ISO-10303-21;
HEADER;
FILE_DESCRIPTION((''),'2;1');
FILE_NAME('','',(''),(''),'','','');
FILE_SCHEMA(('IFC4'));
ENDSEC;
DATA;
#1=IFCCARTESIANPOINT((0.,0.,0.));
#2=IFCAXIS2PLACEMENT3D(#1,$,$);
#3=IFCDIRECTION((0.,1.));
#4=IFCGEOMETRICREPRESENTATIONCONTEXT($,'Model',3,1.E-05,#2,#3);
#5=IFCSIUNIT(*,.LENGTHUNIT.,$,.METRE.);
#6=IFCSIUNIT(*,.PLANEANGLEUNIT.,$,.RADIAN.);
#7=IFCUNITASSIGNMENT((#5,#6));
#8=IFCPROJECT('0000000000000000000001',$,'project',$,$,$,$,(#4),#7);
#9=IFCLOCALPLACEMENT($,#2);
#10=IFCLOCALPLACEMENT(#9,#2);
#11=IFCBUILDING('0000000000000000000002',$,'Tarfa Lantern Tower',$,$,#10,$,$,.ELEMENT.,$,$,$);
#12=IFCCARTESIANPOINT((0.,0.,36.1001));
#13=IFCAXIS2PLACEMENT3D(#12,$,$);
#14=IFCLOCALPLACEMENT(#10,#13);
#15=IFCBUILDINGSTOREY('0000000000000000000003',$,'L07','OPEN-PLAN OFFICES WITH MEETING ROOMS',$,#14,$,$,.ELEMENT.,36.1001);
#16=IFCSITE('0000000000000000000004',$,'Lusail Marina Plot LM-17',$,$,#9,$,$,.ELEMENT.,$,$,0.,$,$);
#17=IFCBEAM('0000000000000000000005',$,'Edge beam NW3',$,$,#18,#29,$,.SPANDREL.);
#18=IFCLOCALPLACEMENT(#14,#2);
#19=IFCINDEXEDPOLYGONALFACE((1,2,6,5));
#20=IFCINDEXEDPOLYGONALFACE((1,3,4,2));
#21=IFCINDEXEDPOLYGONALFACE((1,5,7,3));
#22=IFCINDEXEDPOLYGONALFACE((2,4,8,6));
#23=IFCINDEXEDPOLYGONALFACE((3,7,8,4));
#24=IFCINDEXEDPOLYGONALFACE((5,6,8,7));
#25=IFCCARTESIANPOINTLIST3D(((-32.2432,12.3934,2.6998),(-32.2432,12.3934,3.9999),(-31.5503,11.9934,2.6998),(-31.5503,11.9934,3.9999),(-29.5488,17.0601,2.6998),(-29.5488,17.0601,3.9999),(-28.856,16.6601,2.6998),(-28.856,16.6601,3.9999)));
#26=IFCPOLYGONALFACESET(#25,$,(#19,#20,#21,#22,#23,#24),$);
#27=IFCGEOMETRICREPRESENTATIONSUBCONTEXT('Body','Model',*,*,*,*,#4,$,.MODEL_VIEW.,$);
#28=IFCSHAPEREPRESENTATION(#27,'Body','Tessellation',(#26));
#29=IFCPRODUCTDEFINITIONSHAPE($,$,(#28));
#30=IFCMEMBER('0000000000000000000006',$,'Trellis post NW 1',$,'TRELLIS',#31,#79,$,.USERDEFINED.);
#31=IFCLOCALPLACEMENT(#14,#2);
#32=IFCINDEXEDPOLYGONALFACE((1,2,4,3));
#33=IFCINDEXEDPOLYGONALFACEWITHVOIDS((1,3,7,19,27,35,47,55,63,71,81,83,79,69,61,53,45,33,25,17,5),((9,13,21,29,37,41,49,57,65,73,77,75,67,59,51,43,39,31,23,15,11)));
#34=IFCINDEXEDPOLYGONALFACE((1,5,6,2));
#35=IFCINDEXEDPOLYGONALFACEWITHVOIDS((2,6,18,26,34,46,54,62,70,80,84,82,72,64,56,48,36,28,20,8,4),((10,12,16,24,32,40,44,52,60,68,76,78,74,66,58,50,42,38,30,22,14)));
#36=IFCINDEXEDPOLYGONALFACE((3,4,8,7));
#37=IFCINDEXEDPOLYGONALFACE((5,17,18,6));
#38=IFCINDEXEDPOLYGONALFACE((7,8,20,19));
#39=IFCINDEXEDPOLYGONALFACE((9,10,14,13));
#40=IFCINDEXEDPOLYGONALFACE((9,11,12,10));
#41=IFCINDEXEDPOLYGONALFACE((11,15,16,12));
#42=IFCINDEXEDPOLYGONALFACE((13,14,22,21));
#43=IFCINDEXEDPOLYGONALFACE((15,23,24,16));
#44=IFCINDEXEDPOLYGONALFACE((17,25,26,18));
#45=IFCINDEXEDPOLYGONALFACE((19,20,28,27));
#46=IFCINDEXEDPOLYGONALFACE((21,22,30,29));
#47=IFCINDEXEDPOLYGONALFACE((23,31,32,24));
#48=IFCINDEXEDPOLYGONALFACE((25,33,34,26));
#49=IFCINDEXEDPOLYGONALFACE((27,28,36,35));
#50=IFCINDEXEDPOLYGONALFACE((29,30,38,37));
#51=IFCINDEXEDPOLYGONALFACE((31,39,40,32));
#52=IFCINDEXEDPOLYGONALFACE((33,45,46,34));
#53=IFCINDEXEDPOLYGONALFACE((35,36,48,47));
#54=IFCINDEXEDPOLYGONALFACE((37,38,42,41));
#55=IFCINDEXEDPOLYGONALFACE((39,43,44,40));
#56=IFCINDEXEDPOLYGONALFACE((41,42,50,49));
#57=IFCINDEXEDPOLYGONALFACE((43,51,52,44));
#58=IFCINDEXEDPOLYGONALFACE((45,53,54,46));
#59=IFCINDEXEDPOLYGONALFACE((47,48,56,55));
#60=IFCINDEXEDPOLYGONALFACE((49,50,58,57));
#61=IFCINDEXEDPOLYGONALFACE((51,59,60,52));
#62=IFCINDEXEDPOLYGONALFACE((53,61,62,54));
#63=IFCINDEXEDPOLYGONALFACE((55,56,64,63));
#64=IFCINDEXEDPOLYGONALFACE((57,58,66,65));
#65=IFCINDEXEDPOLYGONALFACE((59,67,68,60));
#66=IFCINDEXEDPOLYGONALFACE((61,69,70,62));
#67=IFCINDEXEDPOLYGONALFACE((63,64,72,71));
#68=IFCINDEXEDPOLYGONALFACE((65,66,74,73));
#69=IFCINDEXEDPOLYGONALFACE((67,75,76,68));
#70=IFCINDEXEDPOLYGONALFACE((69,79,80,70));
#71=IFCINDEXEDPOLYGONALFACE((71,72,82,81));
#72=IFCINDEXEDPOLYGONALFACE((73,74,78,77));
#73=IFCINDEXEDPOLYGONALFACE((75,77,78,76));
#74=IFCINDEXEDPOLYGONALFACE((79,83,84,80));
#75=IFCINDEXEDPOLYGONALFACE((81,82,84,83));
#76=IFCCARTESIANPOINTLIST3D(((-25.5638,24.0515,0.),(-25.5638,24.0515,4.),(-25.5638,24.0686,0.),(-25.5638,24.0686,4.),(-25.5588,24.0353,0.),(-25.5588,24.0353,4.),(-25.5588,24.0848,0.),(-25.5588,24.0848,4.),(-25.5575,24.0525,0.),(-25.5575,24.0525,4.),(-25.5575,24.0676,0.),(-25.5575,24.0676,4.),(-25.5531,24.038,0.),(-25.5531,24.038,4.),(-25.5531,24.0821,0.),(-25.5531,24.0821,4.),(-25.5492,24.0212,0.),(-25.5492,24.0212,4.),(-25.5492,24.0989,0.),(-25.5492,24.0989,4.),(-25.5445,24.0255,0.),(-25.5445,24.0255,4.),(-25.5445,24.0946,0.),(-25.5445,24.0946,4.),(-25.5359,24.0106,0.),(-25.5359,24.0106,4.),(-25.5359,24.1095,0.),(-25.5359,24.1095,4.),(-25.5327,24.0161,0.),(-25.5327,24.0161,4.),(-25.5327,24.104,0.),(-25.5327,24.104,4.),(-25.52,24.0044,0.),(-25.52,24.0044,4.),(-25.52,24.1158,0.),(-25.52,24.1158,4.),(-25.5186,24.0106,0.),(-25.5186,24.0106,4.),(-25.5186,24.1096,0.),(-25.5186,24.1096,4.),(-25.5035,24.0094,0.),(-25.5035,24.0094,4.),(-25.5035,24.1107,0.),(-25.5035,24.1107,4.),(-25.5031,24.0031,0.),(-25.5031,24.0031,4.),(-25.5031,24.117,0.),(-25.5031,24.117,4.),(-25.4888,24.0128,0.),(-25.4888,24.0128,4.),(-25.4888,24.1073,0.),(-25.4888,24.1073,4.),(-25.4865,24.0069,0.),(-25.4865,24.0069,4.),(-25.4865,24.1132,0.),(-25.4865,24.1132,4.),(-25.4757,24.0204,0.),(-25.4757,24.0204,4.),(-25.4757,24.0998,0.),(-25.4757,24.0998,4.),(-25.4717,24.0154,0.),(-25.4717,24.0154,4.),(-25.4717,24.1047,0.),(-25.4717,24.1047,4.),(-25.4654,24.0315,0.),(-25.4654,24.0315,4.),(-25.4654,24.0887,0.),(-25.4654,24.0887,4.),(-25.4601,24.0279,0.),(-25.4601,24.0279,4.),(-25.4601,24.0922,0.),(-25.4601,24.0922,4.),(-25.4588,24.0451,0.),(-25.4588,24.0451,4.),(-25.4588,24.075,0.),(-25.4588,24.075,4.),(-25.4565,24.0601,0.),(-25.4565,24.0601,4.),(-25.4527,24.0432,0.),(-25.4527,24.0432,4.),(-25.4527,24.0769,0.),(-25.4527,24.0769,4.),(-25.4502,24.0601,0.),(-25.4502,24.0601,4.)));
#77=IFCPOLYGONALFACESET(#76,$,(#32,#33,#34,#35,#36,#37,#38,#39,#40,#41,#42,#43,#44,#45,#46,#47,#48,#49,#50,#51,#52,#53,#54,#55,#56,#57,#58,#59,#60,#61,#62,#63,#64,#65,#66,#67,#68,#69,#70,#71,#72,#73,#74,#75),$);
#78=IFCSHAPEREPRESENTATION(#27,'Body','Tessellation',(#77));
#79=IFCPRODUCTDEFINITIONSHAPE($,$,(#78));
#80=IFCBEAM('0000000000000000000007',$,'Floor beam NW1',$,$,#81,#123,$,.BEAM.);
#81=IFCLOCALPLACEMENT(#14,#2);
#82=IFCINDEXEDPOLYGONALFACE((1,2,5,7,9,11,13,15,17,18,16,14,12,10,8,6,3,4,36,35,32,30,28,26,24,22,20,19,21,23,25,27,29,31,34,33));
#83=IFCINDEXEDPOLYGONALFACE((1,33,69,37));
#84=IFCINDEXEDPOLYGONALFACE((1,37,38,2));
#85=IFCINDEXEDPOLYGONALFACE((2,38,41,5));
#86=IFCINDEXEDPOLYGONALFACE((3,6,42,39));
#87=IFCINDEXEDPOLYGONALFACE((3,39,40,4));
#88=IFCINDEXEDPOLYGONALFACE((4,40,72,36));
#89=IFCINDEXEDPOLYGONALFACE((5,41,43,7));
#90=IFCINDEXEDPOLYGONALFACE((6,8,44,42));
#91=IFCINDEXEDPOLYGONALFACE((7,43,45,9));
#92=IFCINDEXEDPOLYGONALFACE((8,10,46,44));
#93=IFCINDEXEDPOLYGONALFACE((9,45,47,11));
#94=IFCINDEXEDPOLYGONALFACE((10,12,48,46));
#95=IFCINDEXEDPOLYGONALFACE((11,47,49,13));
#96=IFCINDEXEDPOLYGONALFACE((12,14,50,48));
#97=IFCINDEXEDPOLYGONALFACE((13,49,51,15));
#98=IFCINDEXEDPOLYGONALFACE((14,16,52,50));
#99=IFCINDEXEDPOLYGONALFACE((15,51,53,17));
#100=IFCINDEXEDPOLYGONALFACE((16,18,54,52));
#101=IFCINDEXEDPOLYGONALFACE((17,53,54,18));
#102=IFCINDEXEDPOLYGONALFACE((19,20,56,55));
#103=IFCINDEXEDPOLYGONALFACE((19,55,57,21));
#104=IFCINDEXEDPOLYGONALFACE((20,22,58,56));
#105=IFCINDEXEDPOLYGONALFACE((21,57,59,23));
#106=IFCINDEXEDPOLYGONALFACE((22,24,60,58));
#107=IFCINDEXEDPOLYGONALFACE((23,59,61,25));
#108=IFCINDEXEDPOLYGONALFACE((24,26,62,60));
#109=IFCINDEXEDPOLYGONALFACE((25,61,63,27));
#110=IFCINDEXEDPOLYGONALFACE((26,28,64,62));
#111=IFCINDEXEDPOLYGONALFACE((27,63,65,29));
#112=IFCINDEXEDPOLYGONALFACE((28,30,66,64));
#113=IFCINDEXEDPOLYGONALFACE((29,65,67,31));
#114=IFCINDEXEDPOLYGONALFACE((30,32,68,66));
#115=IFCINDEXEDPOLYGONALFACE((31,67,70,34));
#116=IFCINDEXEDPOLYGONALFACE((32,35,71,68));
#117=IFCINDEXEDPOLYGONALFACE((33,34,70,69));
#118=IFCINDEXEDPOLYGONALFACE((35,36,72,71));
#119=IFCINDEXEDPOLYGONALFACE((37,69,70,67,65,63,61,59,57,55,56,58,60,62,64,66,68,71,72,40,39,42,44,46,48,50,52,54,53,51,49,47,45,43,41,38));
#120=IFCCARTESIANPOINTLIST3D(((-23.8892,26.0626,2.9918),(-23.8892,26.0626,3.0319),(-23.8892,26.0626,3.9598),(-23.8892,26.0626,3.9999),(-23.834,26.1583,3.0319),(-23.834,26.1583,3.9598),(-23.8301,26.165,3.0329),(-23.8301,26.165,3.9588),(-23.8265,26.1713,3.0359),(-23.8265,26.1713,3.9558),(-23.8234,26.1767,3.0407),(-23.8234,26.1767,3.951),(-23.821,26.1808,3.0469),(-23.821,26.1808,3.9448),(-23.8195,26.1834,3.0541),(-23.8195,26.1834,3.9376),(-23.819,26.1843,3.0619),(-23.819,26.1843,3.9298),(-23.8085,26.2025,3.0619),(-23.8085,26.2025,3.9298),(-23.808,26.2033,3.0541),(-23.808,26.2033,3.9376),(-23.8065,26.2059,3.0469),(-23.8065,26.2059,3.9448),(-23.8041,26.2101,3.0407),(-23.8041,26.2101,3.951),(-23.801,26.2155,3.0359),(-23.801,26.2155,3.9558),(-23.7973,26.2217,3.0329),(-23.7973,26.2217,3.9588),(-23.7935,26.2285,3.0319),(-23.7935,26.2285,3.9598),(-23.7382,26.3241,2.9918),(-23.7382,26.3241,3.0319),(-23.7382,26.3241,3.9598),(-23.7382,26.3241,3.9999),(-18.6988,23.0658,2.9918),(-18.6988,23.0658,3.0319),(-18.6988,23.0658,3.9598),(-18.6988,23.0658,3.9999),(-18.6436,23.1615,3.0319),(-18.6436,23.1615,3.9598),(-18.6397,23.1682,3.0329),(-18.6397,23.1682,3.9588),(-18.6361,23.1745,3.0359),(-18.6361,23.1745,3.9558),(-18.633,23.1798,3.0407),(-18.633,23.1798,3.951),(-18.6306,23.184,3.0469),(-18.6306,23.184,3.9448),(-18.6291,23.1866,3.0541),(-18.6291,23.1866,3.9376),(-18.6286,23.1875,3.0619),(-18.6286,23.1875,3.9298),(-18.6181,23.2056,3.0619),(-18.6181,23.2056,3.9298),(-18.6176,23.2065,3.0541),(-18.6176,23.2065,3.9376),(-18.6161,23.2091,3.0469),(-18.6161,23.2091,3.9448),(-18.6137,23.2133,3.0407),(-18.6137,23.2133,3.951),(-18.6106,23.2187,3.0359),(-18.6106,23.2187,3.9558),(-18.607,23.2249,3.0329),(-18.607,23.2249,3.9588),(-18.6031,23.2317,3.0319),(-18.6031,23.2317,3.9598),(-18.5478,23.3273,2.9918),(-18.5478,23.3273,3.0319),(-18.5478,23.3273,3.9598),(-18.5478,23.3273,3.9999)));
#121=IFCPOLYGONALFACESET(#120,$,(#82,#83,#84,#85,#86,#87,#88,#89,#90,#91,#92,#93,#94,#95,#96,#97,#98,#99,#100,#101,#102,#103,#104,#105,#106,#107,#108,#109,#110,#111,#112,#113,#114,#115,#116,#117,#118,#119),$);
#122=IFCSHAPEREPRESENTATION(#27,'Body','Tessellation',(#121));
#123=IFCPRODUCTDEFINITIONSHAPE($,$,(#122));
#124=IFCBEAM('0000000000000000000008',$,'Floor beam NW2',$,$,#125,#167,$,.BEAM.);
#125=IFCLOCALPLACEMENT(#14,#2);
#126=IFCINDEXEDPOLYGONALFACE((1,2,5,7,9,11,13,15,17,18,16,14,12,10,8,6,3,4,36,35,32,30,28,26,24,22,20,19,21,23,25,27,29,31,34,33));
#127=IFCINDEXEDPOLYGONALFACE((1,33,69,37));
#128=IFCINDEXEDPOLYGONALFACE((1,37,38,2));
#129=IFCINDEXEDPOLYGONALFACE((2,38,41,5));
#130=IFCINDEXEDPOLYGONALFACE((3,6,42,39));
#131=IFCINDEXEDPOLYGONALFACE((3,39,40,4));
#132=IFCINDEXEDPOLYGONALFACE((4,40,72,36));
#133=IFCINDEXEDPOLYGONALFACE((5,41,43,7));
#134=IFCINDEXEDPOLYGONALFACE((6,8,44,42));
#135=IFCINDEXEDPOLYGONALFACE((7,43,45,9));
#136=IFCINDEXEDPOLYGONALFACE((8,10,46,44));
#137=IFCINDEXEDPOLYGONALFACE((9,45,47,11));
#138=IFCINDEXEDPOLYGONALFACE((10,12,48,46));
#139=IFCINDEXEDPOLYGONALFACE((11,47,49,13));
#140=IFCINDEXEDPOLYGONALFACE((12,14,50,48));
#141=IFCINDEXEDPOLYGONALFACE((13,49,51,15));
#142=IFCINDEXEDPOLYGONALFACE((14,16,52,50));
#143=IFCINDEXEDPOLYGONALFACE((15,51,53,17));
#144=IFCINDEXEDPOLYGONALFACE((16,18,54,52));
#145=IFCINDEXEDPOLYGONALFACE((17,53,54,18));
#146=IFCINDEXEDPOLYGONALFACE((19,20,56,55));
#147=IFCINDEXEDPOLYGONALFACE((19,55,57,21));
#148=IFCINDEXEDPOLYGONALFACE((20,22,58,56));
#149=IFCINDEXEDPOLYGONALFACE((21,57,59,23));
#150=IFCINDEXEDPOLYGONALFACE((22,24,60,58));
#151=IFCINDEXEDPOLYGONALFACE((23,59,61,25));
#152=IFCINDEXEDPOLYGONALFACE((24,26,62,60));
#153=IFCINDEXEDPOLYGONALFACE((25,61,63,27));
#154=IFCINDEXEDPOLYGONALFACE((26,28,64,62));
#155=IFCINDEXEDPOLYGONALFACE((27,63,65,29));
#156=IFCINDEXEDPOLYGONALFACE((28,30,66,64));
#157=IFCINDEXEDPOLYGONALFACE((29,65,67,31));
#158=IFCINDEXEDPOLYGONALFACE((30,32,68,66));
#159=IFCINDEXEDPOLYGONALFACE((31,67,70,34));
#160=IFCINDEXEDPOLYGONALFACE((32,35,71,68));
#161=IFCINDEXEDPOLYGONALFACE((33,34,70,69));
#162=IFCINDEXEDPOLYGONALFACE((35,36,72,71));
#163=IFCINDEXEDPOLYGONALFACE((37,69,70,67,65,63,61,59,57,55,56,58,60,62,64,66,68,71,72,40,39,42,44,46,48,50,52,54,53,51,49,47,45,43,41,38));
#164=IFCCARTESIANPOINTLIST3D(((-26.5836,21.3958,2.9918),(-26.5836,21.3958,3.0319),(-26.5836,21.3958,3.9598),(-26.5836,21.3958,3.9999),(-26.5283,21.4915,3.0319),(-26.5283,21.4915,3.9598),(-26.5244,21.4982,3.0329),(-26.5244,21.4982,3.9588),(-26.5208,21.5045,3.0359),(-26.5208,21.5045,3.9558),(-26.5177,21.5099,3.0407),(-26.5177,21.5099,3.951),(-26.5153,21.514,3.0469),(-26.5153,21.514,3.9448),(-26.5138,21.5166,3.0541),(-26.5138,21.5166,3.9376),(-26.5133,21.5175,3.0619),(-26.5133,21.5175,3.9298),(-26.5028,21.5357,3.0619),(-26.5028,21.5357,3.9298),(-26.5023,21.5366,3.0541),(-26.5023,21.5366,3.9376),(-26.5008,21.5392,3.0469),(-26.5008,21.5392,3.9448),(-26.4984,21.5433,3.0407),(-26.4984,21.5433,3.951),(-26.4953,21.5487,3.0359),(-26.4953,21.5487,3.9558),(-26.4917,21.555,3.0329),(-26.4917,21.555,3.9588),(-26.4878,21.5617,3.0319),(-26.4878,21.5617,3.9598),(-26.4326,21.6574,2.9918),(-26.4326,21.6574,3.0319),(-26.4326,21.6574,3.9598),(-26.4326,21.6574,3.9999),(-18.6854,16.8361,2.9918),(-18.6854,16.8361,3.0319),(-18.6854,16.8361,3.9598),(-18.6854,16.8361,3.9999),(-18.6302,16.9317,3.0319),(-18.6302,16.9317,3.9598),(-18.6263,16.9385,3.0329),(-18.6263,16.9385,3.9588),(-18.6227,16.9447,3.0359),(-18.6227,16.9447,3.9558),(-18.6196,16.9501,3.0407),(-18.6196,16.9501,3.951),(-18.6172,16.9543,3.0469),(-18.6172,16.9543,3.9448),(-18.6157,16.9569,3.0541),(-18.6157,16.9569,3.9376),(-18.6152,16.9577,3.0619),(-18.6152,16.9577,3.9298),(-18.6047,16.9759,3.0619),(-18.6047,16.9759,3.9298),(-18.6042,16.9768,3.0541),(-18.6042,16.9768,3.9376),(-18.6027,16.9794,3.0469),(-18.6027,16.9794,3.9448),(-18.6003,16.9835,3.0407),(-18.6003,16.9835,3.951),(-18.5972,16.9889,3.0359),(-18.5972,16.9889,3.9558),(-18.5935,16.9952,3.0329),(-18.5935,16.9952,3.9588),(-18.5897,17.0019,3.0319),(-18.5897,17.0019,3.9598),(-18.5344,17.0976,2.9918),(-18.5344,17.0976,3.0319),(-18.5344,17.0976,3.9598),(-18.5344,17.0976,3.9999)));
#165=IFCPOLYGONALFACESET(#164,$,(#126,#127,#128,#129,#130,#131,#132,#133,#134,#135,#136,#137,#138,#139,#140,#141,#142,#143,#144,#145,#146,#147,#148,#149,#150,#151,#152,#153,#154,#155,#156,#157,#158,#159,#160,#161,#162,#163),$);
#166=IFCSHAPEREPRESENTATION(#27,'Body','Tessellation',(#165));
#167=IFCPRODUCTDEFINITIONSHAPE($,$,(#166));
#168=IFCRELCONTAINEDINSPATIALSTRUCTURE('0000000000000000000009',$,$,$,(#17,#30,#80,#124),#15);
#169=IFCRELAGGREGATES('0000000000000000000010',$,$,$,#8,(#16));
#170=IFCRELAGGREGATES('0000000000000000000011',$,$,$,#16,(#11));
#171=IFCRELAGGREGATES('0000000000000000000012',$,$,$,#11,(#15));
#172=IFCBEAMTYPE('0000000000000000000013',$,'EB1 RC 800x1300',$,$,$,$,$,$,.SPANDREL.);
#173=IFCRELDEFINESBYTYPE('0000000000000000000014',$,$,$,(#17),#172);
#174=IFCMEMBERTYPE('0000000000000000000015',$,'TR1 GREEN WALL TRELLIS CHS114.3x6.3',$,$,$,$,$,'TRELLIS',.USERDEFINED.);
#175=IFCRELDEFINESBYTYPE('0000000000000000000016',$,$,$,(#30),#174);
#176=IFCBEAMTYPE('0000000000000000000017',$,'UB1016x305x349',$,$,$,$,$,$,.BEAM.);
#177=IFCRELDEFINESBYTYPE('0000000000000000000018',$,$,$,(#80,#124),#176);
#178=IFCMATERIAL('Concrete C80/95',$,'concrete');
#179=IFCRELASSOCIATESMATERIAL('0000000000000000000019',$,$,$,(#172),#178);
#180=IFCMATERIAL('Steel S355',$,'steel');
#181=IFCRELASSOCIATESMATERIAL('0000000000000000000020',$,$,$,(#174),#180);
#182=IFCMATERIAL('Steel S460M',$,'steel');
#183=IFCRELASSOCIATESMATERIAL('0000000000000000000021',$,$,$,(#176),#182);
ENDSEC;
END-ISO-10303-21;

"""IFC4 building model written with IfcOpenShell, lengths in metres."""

from ifc_helpers import new_model, si_unit, direction, frame, origin, origin_2d, place, context, subcontext, project, spatial, rectangle, hollow_circle, i_section, extrude, material, material_profile, profile_set, type_object, element, save


model = new_model("IFC4")

# Units and contexts
model_context = context("Model", 3, precision=1e-05, world=origin(), true_north=direction((0.0, 1.0)))
body_context = subcontext(model_context, "Body", "Model", "MODEL_VIEW")
ifc_project = project(units=[si_unit("LENGTHUNIT", "METRE"), si_unit("PLANEANGLEUNIT", "RADIAN")], contexts=[model_context])

# Site, building, storey
site_placement = place(None, origin())
site = spatial("IfcSite", under=ifc_project, at=site_placement, Name="Lusail Marina Plot LM-17", CompositionType="ELEMENT", RefElevation=0.0)
building_placement = place(site_placement, origin())
building = spatial("IfcBuilding", under=site, at=building_placement, Name="Tarfa Lantern Tower", CompositionType="ELEMENT")
storey_placement = place(building_placement, frame((0.0, 0.0, 36.1001)))
storey = spatial("IfcBuildingStorey", under=building, at=storey_placement, Name="L07", Description="OPEN-PLAN OFFICES WITH MEETING ROOMS", CompositionType="ELEMENT", Elevation=36.1001)

# Shared definitions
ifc_material_1 = material(Name="Concrete C80/95", Category="concrete")

# Beam
ifc_material_profile_1 = material_profile(ifc_material_1, rectangle(XDim=0.8, YDim=1.3, at=origin_2d()), Name="RC 800x1300")
ifc_profile_set_1 = profile_set([ifc_material_profile_1], Name="Concrete C80/95")
beam_type_1 = type_object("IfcBeamType", Name="EB1 RC 800x1300", PredefinedType="SPANDREL", material=ifc_profile_set_1)
beam_1_placement = place(storey_placement, frame((-29.2024, 16.8601, 3.3499), z_axis=(-0.499998, -0.866026, 0.0), x_axis=(0.866026, -0.499998, 0.0)))
element("IfcBeam", 1, at=beam_1_placement, inside=storey, type_object=beam_type_1, Name="Edge beam NW3", PredefinedType="SPANDREL", context=body_context, shape_type="SweptSolid", body=[
    extrude(rectangle(XDim=0.8, YDim=1.3, at=origin_2d()), origin(), (0.0, 0.0, 1.0), 5.3887),
])

# Member
ifc_material_2 = material(Name="Steel S355", Category="steel")
ifc_material_profile_2 = material_profile(ifc_material_2, hollow_circle(Radius=0.0571, WallThickness=0.0063, at=origin_2d()), Name="CHS114.3x6.3")
ifc_profile_set_2 = profile_set([ifc_material_profile_2], Name="Steel S355")
member_type_1 = type_object("IfcMemberType", Name="TR1 GREEN WALL TRELLIS CHS114.3x6.3", ElementType="TRELLIS", PredefinedType="USERDEFINED", material=ifc_profile_set_2)
member_1_placement = place(storey_placement, frame((-25.5073, 24.0601, 0.0), z_axis=(0.0, 0.0, 1.0), x_axis=(1.0, 0.0, 0.0)))
element("IfcMember", 2, at=member_1_placement, inside=storey, type_object=member_type_1, Name="Trellis post NW 1", ObjectType="TRELLIS", PredefinedType="USERDEFINED", context=body_context, shape_type="SweptSolid", body=[
    extrude(hollow_circle(Radius=0.0571, WallThickness=0.0063, at=origin_2d()), origin(), (0.0, 0.0, 1.0), 4.0),
])

# Beams
ifc_material_3 = material(Name="Steel S460M", Category="steel")
ifc_material_profile_3 = material_profile(ifc_material_3, i_section(OverallWidth=0.302, OverallDepth=1.0081, WebThickness=0.021, FlangeThickness=0.04, FilletRadius=0.03, at=origin_2d()), Name="UB1016x305x349")
ifc_profile_set_3 = profile_set([ifc_material_profile_3], Name="Steel S460M")
beam_type_2 = type_object("IfcBeamType", Name="UB1016x305x349", PredefinedType="BEAM", material=ifc_profile_set_3)
beam_2_placement = place(storey_placement, frame((-23.8137, 26.1934, 3.4958), z_axis=(0.866016, -0.500016, 0.0), x_axis=(0.500016, 0.866016, 0.0)))
element("IfcBeam", 3, at=beam_2_placement, inside=storey, type_object=beam_type_2, Name="Floor beam NW1", PredefinedType="BEAM", context=body_context, shape_type="SweptSolid", body=[
    extrude(i_section(OverallWidth=0.302, OverallDepth=1.0081, WebThickness=0.021, FlangeThickness=0.04, FilletRadius=0.03, at=origin_2d()), origin(), (0.0, 0.0, 1.0), 5.9934),
])
beam_3_placement = place(storey_placement, frame((-26.5081, 21.5266, 3.4958), z_axis=(0.866035, -0.499983, 0.0), x_axis=(0.499983, 0.866035, 0.0)))
element("IfcBeam", 4, at=beam_3_placement, inside=storey, type_object=beam_type_2, Name="Floor beam NW2", PredefinedType="BEAM", context=body_context, shape_type="SweptSolid", body=[
    extrude(i_section(OverallWidth=0.302, OverallDepth=1.0081, WebThickness=0.021, FlangeThickness=0.04, FilletRadius=0.03, at=origin_2d()), origin(), (0.0, 0.0, 1.0), 9.1199),
])

save(model, "model.ifc")
